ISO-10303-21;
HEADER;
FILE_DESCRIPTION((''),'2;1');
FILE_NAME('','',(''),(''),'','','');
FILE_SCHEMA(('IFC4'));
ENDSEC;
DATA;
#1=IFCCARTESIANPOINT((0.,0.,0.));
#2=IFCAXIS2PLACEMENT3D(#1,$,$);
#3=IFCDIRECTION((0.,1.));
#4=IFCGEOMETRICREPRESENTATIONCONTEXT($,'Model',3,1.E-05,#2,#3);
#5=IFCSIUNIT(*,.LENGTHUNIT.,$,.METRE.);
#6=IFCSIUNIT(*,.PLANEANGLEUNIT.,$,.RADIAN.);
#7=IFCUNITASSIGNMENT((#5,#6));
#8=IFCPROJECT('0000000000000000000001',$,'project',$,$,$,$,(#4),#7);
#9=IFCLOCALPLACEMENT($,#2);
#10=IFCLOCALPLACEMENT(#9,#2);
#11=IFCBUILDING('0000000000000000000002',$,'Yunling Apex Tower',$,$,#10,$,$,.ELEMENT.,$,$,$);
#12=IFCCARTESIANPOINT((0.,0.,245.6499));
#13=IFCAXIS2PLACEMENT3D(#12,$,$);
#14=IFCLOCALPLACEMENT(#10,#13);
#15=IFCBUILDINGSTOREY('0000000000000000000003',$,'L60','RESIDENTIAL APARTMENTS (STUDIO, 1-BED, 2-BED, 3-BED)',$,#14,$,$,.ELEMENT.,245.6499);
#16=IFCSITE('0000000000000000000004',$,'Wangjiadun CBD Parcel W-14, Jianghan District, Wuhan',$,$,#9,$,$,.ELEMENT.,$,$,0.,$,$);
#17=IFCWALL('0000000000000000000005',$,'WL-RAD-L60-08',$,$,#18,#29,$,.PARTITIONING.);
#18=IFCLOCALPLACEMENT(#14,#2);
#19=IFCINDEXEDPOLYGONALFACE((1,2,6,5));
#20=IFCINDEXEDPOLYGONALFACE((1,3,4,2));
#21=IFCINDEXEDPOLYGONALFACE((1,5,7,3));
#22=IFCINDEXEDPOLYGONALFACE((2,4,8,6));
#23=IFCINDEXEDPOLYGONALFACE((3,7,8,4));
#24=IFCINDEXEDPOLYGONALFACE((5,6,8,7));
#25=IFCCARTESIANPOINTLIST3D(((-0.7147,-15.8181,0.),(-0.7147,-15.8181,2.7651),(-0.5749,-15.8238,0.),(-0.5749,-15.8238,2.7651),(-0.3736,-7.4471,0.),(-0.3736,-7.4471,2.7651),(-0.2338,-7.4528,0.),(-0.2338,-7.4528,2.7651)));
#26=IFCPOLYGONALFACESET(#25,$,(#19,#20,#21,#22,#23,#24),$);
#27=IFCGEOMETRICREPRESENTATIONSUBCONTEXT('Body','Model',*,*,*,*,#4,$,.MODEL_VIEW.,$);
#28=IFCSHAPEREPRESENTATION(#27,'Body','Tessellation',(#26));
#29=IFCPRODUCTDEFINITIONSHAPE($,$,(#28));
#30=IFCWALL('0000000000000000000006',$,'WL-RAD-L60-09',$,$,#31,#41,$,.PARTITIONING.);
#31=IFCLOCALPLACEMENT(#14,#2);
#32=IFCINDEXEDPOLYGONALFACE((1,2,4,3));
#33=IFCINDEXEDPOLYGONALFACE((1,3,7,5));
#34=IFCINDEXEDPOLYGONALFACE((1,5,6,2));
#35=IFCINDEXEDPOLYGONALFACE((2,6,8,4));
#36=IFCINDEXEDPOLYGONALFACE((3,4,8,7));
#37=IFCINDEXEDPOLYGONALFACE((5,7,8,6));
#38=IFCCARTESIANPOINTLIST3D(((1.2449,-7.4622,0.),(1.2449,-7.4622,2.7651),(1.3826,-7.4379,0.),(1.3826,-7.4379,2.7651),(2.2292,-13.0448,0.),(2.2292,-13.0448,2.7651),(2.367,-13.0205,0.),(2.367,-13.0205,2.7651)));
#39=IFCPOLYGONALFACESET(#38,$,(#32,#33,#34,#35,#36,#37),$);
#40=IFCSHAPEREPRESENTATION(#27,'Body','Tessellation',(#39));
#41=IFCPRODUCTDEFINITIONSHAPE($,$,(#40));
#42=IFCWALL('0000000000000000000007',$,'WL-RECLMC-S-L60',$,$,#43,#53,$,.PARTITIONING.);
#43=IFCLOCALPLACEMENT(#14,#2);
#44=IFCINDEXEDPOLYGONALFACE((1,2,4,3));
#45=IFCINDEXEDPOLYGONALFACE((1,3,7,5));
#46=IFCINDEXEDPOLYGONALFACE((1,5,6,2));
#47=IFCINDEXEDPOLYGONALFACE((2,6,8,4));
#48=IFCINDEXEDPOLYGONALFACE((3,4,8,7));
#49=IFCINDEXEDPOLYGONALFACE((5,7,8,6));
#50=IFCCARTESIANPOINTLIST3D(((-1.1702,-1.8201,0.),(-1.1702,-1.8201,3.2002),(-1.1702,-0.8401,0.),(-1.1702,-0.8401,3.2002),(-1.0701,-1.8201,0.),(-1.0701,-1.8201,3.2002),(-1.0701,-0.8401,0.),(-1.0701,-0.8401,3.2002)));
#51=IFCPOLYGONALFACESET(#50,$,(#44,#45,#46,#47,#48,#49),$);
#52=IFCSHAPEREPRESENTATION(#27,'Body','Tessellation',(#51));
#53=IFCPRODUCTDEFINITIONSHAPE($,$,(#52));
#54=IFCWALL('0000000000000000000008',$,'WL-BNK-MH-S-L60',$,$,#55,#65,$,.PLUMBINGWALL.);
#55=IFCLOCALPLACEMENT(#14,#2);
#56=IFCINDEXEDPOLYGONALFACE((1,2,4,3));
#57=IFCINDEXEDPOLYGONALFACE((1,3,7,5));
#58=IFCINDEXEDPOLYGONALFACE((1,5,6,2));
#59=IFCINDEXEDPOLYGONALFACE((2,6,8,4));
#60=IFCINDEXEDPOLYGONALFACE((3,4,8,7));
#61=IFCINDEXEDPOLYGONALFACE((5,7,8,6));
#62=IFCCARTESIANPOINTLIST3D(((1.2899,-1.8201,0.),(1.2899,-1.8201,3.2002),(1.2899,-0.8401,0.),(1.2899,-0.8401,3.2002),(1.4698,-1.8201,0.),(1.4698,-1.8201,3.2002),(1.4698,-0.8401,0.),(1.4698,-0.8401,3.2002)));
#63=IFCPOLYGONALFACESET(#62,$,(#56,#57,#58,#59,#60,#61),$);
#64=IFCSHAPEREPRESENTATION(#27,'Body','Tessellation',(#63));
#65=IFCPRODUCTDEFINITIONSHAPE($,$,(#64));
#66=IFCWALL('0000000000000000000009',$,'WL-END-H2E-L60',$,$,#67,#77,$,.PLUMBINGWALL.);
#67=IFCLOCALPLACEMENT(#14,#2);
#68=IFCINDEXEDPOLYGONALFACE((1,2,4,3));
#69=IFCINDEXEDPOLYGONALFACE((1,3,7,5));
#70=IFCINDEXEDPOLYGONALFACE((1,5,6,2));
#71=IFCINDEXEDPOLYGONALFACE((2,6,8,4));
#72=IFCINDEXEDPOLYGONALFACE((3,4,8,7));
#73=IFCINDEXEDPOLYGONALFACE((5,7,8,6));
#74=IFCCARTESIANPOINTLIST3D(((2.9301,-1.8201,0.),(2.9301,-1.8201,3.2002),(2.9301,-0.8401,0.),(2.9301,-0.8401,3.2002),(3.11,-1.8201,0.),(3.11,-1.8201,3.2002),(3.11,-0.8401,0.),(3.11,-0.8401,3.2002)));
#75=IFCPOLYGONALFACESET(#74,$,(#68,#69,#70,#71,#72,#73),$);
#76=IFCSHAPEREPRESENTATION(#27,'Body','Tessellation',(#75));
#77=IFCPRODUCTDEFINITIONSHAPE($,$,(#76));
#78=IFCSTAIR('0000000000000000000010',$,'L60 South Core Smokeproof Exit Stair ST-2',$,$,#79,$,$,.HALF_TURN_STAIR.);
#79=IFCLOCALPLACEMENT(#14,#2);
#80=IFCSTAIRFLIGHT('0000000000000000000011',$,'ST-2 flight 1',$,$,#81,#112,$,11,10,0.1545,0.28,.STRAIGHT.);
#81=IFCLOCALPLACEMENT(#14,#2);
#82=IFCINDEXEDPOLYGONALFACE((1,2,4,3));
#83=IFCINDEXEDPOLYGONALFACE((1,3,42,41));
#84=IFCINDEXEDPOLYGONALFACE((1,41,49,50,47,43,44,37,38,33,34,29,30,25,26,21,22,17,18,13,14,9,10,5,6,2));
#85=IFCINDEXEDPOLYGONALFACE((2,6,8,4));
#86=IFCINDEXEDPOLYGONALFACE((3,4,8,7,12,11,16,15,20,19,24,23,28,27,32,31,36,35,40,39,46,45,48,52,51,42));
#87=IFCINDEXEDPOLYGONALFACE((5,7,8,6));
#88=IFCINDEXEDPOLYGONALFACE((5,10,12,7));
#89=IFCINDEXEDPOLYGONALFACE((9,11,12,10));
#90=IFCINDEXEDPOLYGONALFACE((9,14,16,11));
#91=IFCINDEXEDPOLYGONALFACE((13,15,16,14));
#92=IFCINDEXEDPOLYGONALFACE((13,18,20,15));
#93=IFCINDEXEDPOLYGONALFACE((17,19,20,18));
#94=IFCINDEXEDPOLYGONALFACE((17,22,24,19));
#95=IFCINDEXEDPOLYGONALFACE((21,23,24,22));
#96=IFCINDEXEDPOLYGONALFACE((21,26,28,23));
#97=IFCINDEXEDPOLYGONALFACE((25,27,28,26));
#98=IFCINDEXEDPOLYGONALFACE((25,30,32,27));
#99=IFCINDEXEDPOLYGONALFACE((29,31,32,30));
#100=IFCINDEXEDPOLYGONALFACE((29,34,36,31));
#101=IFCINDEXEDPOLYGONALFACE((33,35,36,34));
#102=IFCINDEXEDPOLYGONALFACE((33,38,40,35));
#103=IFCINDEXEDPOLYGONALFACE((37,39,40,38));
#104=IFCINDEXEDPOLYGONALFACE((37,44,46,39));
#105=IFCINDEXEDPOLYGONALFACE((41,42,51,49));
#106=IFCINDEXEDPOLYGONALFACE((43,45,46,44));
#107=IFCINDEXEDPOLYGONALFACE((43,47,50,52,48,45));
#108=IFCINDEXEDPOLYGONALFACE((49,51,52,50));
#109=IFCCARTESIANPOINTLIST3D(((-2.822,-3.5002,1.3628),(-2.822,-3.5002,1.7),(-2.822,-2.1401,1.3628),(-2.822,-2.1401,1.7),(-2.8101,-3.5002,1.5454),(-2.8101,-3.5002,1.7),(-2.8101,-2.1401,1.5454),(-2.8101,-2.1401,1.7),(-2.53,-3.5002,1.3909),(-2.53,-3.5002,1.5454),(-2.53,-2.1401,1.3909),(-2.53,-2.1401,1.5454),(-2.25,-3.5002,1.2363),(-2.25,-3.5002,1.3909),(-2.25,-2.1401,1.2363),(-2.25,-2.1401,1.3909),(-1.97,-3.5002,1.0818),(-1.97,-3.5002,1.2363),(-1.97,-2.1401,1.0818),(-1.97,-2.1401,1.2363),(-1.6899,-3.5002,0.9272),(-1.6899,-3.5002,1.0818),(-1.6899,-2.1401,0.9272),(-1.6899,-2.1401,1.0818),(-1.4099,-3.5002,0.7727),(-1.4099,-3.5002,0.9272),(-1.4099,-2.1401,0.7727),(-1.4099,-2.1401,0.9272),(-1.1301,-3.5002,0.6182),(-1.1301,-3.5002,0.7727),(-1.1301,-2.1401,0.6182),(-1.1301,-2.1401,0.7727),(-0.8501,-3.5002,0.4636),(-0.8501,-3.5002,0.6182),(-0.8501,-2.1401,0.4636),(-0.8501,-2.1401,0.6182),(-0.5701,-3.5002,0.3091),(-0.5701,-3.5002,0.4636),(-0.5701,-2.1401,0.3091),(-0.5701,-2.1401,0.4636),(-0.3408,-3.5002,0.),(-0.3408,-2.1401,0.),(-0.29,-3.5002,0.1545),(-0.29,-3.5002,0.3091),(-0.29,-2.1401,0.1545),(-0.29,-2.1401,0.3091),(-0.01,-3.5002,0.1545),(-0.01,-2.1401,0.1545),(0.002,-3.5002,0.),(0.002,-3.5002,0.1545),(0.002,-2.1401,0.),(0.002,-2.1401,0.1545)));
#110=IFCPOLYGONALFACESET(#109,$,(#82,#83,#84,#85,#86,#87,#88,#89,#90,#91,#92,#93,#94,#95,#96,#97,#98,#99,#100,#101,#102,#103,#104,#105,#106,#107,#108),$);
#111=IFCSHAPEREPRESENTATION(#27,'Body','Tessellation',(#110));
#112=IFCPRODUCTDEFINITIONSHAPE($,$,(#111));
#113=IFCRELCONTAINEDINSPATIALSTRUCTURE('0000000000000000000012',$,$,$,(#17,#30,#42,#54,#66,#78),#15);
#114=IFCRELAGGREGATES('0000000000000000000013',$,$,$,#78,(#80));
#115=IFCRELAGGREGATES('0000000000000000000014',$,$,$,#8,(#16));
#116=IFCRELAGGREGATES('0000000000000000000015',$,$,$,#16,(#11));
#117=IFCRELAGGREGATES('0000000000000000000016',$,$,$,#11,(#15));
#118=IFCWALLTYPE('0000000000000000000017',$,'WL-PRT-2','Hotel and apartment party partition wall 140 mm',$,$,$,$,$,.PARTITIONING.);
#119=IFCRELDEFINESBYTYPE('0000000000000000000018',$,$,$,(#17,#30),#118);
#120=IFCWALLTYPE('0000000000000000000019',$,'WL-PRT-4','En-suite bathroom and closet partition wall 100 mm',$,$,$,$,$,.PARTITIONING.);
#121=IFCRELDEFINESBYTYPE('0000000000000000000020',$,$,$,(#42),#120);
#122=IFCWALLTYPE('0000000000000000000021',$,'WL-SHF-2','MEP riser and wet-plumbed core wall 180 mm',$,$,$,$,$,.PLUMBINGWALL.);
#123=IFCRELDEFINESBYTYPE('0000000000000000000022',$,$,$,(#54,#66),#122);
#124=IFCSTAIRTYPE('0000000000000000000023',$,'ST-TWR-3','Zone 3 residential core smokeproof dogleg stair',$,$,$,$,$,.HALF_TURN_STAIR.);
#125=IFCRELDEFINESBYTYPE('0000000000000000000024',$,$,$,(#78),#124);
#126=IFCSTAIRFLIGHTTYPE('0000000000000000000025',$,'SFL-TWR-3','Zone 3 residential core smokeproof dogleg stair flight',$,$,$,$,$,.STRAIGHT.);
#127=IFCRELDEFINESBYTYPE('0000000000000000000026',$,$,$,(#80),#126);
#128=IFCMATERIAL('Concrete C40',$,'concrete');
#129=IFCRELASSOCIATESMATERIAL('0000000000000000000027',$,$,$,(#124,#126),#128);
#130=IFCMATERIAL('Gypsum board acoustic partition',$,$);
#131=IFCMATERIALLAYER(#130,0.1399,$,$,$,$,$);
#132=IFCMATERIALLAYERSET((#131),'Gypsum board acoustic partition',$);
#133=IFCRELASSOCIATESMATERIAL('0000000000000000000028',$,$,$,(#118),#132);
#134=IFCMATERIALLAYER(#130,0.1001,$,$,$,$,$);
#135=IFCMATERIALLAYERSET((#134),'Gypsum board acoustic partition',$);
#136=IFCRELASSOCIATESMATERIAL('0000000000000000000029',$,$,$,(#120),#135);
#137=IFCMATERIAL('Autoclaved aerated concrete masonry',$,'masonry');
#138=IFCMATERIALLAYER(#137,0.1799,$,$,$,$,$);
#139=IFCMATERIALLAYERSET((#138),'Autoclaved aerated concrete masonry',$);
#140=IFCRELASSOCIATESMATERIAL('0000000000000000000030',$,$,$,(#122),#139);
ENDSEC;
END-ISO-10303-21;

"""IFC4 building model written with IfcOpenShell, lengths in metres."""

from ifc_helpers import new_model, si_unit, direction, frame, frame_2d, origin, place, context, subcontext, project, spatial, polyline, rectangle, outline, extrude, material, layer, layer_set, type_object, element, aggregate, save


model = new_model("IFC4")

# Units and contexts
model_context = context("Model", 3, precision=1e-05, world=origin(), true_north=direction((0.0, 1.0)))
body_context = subcontext(model_context, "Body", "Model", "MODEL_VIEW")
ifc_project = project(units=[si_unit("LENGTHUNIT", "METRE"), si_unit("PLANEANGLEUNIT", "RADIAN")], contexts=[model_context])

# Site, building, storey
site_placement = place(None, origin())
site = spatial("IfcSite", under=ifc_project, at=site_placement, Name="Wangjiadun CBD Parcel W-14, Jianghan District, Wuhan", CompositionType="ELEMENT", RefElevation=0.0)
building_placement = place(site_placement, origin())
building = spatial("IfcBuilding", under=site, at=building_placement, Name="Yunling Apex Tower", CompositionType="ELEMENT")
storey_placement = place(building_placement, frame((0.0, 0.0, 245.6499)))
storey = spatial("IfcBuildingStorey", under=building, at=storey_placement, Name="L60", Description="RESIDENTIAL APARTMENTS (STUDIO, 1-BED, 2-BED, 3-BED)", CompositionType="ELEMENT", Elevation=245.6499)

# Shared definitions
ifc_material_1 = material(Name="Concrete C40", Category="concrete")

# Shared definitions
stair_type = type_object("IfcStairType", Name="ST-TWR-3", Description="Zone 3 residential core smokeproof dogleg stair", PredefinedType="HALF_TURN_STAIR", material=ifc_material_1)

# Walls
ifc_material_2 = material(Name="Gypsum board acoustic partition")
ifc_layer_1 = layer(ifc_material_2, 0.1399)
ifc_layer_set_1 = layer_set([ifc_layer_1], Name="Gypsum board acoustic partition")
wall_type_1 = type_object("IfcWallType", Name="WL-PRT-2", Description="Hotel and apartment party partition wall 140 mm", PredefinedType="PARTITIONING", material=ifc_layer_set_1)
wall_1_placement = place(storey_placement, frame((-0.3037, -7.45, 0.0), z_axis=(0.0, 0.0, 1.0), x_axis=(-0.040709, -0.999171, 0.0)))
element("IfcWall", 1, at=wall_1_placement, inside=storey, type_object=wall_type_1, Name="WL-RAD-L60-08", PredefinedType="PARTITIONING", context=body_context, shape_type="SweptSolid", body=[
    extrude(rectangle(XDim=8.3779, YDim=0.1399, at=frame_2d((4.189, 0.0))), origin(), (0.0, 0.0, 1.0), 2.7651),
])
wall_2_placement = place(storey_placement, frame((1.3137, -7.45, 0.0), z_axis=(0.0, 0.0, 1.0), x_axis=(0.173653, -0.984807, 0.0)))
element("IfcWall", 2, at=wall_2_placement, inside=storey, type_object=wall_type_1, Name="WL-RAD-L60-09", PredefinedType="PARTITIONING", context=body_context, shape_type="SweptSolid", body=[
    extrude(rectangle(XDim=5.6687, YDim=0.1399, at=frame_2d((2.8345, 0.0))), origin(), (0.0, 0.0, 1.0), 2.7651),
])
ifc_layer_2 = layer(ifc_material_2, 0.1001)
ifc_layer_set_2 = layer_set([ifc_layer_2], Name="Gypsum board acoustic partition")
wall_type_2 = type_object("IfcWallType", Name="WL-PRT-4", Description="En-suite bathroom and closet partition wall 100 mm", PredefinedType="PARTITIONING", material=ifc_layer_set_2)
wall_3_placement = place(storey_placement, frame((-1.1201, -1.8201, 0.0), z_axis=(0.0, 0.0, 1.0), x_axis=(0.0, 1.0, 0.0)))
element("IfcWall", 3, at=wall_3_placement, inside=storey, type_object=wall_type_2, Name="WL-RECLMC-S-L60", PredefinedType="PARTITIONING", context=body_context, shape_type="SweptSolid", body=[
    extrude(rectangle(XDim=0.98, YDim=0.1001, at=frame_2d((0.49, 0.0))), origin(), (0.0, 0.0, 1.0), 3.2002),
])

# Shared definitions
ifc_material_3 = material(Name="Autoclaved aerated concrete masonry", Category="masonry")

# Walls
ifc_layer_3 = layer(ifc_material_3, 0.1799)
ifc_layer_set_3 = layer_set([ifc_layer_3], Name="Autoclaved aerated concrete masonry")
wall_type_3 = type_object("IfcWallType", Name="WL-SHF-2", Description="MEP riser and wet-plumbed core wall 180 mm", PredefinedType="PLUMBINGWALL", material=ifc_layer_set_3)
for number, where, z_axis, x_axis, name in (
    (4, (1.3799, -1.8201, 0.0), (0.0, 0.0, 1.0), (0.0, 1.0, 0.0), "WL-BNK-MH-S-L60"),
    (5, (3.02, -1.8201, 0.0), (0.0, 0.0, 1.0), (0.0, 1.0, 0.0), "WL-END-H2E-L60"),
):
    element("IfcWall", number, at=place(storey_placement, frame(where, z_axis=z_axis, x_axis=x_axis)), inside=storey, type_object=wall_type_3, Name=name, PredefinedType="PLUMBINGWALL", context=body_context, shape_type="SweptSolid", body=[
        extrude(rectangle(XDim=0.98, YDim=0.1799, at=frame_2d((0.49, 0.0))), origin(), (0.0, 0.0, 1.0), 3.2002),
    ])

# Stair, stair flight
stair_1_placement = place(storey_placement, origin())
stair_1 = element("IfcStair", 6, at=stair_1_placement, inside=storey, type_object=stair_type, Name="L60 South Core Smokeproof Exit Stair ST-2", PredefinedType="HALF_TURN_STAIR")
stair_flight_type = type_object("IfcStairFlightType", Name="SFL-TWR-3", Description="Zone 3 residential core smokeproof dogleg stair flight", PredefinedType="STRAIGHT", material=ifc_material_1)
stair_flight_placement = place(storey_placement, frame((-0.01, -2.8201, 0.0), z_axis=(0.0, 0.0, 1.0), x_axis=(-1.0, 0.0, 0.0)))
stair_flight = element("IfcStairFlight", 7, at=stair_flight_placement, type_object=stair_flight_type, Name="ST-2 flight 1", NumberOfRisers=11, NumberOfTreads=10, PredefinedType="STRAIGHT", RiserHeight=0.1545, TreadLength=0.28, context=body_context, shape_type="SweptSolid", body=[
    extrude(outline(polyline([(-0.012, 0.0), (-0.012, 0.1545), (0.0, 0.1545), (0.28, 0.1545), (0.28, 0.3091), (0.5601, 0.3091), (0.5601, 0.4636), (0.8401, 0.4636), (0.8401, 0.6182), (1.1201, 0.6182), (1.1201, 0.7727), (1.3999, 0.7727), (1.3999, 0.9272), (1.6799, 0.9272), (1.6799, 1.0818), (1.96, 1.0818), (1.96, 1.2363), (2.24, 1.2363), (2.24, 1.3909), (2.52, 1.3909), (2.52, 1.5454), (2.8, 1.5454), (2.8, 1.7), (2.812, 1.7), (2.812, 1.3628), (0.3308, 0.0), (-0.012, 0.0)])), frame((0.0, 0.6802, 0.0), z_axis=(0.0, -1.0, 0.0), x_axis=(1.0, 0.0, 0.0)), (0.0, 0.0, 1.0), 1.3601),
])
aggregate(stair_1, [stair_flight])

save(model, "model.ifc")
